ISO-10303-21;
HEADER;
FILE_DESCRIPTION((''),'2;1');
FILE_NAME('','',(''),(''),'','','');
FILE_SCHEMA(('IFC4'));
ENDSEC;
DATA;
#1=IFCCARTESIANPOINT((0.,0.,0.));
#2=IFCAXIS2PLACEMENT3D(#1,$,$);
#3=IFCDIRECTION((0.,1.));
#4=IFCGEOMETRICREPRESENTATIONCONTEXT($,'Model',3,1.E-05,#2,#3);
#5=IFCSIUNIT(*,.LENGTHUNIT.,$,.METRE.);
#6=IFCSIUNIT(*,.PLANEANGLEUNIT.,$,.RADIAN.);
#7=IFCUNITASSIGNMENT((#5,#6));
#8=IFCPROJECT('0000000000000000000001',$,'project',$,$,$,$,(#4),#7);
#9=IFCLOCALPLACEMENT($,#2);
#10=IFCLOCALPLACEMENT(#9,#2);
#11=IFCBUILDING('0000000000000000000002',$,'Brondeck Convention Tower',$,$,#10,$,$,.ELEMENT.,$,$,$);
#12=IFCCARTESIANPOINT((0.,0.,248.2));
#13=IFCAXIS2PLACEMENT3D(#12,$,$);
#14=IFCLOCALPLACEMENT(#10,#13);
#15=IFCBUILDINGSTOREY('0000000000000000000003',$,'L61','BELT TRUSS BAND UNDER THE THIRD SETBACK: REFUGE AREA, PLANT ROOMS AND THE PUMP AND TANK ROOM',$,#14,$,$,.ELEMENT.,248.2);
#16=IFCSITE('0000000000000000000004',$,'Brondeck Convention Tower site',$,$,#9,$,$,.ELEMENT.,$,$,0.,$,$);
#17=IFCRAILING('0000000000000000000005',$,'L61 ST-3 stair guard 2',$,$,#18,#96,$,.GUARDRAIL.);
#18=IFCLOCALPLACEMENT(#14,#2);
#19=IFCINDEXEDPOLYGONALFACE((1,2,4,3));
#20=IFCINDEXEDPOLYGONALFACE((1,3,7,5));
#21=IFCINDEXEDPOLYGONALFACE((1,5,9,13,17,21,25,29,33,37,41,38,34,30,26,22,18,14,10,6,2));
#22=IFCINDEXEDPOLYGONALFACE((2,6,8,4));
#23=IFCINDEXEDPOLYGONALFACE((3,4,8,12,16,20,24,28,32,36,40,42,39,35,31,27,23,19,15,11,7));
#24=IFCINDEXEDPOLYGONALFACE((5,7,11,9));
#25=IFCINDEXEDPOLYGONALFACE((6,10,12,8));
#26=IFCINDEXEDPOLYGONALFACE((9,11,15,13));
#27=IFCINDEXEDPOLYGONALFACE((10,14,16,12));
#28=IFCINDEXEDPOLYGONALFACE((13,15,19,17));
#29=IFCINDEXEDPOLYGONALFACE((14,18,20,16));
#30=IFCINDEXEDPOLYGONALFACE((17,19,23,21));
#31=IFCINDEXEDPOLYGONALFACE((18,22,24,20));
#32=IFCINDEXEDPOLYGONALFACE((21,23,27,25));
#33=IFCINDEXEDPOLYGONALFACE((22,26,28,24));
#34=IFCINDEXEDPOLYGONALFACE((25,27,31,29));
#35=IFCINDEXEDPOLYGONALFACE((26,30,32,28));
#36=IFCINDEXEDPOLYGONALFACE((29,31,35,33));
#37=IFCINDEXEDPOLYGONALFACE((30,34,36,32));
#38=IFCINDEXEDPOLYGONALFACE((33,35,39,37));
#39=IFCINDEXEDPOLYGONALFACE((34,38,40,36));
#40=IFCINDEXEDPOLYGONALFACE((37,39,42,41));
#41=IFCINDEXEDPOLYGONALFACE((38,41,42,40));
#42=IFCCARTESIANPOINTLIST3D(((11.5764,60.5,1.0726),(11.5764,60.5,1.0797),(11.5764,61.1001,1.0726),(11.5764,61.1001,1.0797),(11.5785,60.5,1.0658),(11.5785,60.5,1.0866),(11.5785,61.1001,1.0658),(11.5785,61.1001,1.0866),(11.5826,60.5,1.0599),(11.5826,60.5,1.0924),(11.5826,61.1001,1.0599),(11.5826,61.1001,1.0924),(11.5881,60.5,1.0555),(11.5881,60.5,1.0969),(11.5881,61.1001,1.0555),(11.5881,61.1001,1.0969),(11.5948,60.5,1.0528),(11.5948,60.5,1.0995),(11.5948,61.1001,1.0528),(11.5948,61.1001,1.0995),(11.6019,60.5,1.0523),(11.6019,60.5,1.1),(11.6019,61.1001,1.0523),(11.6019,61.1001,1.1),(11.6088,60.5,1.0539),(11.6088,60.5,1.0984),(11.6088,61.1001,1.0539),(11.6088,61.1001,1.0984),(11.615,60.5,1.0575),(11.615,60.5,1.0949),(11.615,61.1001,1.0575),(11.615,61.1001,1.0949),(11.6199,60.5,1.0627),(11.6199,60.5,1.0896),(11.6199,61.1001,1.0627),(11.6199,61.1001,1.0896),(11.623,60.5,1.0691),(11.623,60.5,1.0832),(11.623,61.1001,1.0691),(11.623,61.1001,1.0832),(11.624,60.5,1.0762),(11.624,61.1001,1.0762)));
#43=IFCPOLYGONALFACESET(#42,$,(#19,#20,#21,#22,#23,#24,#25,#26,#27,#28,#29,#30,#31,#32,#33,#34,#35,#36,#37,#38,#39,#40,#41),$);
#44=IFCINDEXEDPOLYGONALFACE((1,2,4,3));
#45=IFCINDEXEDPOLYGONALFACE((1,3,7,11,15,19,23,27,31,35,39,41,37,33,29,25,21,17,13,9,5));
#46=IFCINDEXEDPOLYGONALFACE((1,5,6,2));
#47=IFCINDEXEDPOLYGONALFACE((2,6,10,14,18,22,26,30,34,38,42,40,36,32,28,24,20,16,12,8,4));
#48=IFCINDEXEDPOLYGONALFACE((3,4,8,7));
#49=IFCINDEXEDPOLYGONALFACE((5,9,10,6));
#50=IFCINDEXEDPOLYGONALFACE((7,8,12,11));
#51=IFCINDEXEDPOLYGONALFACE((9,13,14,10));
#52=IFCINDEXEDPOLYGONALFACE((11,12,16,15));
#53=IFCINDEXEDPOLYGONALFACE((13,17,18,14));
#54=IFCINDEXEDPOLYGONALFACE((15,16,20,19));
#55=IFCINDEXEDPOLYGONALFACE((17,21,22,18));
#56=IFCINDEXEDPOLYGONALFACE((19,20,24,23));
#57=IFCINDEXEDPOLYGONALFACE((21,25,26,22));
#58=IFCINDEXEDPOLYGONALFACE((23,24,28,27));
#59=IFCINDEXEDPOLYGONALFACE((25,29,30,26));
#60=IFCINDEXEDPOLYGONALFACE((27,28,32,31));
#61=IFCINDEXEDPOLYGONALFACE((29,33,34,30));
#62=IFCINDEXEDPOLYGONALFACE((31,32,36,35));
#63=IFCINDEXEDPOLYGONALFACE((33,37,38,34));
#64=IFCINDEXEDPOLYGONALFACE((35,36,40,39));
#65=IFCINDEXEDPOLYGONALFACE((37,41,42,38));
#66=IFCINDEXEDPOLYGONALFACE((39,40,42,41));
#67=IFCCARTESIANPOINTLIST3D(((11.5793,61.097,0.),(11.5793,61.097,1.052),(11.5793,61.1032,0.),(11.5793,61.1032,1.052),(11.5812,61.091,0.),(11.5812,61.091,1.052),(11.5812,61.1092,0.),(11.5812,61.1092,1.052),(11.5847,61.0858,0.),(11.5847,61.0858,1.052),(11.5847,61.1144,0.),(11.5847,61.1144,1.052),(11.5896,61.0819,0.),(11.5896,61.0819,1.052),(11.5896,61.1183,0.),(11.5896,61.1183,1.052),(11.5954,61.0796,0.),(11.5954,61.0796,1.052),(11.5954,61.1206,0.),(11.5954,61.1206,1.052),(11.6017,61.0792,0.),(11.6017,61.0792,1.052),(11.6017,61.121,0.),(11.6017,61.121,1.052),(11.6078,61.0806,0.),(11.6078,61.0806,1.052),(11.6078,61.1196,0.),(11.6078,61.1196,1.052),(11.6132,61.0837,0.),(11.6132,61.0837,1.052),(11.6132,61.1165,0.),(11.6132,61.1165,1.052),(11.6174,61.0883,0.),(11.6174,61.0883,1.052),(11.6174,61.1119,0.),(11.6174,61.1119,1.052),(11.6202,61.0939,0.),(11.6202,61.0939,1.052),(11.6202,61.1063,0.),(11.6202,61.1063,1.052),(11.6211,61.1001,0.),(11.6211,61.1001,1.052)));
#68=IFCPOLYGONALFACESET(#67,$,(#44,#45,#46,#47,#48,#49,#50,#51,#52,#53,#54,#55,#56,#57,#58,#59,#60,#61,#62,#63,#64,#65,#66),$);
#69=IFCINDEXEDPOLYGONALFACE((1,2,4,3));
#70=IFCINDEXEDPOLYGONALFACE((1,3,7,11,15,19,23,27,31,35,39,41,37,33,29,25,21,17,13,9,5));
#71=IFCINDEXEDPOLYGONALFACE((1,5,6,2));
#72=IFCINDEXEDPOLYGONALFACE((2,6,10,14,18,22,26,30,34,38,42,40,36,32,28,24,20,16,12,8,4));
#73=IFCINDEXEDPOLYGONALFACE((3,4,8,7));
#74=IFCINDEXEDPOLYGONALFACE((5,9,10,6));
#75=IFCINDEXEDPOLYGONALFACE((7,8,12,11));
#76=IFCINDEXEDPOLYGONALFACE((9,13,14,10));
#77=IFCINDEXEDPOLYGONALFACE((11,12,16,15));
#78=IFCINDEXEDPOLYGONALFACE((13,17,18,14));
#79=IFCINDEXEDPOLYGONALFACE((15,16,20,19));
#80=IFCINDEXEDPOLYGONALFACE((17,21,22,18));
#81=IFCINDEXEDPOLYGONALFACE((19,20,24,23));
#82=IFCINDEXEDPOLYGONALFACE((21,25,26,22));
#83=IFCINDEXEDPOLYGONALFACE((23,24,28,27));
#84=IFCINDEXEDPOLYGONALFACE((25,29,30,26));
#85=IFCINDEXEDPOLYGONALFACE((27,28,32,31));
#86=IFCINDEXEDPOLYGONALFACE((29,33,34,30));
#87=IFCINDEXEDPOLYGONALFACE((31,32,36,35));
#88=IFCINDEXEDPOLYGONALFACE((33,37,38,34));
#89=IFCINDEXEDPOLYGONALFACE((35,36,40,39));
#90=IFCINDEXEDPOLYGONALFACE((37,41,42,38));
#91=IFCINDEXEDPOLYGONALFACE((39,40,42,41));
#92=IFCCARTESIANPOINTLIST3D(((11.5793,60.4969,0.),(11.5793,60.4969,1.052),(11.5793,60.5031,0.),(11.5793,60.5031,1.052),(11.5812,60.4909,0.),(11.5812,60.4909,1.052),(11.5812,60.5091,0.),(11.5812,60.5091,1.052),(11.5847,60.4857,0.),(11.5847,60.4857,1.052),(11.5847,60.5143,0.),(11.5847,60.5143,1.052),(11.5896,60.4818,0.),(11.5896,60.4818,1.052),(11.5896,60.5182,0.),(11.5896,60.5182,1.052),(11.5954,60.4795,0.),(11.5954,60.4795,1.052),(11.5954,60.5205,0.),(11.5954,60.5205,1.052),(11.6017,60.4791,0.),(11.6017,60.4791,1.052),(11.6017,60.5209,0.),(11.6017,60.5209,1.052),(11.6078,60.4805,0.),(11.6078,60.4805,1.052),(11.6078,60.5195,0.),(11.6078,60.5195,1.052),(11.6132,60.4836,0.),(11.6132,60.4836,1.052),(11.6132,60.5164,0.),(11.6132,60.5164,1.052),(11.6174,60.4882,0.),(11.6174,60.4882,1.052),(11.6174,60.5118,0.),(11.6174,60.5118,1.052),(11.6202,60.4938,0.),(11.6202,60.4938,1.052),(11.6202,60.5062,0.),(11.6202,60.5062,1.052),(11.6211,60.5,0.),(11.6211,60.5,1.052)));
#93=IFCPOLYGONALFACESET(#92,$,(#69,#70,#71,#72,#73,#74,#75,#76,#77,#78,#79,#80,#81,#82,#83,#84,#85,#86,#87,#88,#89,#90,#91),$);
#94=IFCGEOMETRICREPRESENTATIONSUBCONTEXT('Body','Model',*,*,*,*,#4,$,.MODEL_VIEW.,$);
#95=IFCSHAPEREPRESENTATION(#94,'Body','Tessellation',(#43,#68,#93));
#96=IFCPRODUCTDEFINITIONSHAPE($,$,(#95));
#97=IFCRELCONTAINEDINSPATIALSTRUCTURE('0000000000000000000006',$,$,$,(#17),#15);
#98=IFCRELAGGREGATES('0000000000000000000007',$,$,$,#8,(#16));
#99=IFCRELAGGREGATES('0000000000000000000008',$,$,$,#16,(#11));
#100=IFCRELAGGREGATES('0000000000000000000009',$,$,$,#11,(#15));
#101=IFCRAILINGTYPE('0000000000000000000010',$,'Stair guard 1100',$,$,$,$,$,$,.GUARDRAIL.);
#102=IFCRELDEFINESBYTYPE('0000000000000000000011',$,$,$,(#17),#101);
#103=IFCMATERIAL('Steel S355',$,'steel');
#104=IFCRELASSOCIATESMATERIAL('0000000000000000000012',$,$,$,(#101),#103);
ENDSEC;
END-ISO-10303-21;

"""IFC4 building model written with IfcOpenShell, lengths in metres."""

from ifc_helpers import new_model, si_unit, direction, frame, origin, origin_2d, place, context, subcontext, project, spatial, circle, extrude, material, type_object, element, save


model = new_model("IFC4")

# Units and contexts
model_context = context("Model", 3, precision=1e-05, world=origin(), true_north=direction((0.0, 1.0)))
body_context = subcontext(model_context, "Body", "Model", "MODEL_VIEW")
ifc_project = project(units=[si_unit("LENGTHUNIT", "METRE"), si_unit("PLANEANGLEUNIT", "RADIAN")], contexts=[model_context])

# Site, building, storey
site_placement = place(None, origin())
site = spatial("IfcSite", under=ifc_project, at=site_placement, Name="Brondeck Convention Tower site", CompositionType="ELEMENT", RefElevation=0.0)
building_placement = place(site_placement, origin())
building = spatial("IfcBuilding", under=site, at=building_placement, Name="Brondeck Convention Tower", CompositionType="ELEMENT")
storey_placement = place(building_placement, frame((0.0, 0.0, 248.2)))
storey = spatial("IfcBuildingStorey", under=building, at=storey_placement, Name="L61", Description="BELT TRUSS BAND UNDER THE THIRD SETBACK: REFUGE AREA, PLANT ROOMS AND THE PUMP AND TANK ROOM", CompositionType="ELEMENT", Elevation=248.2)

# Railing
ifc_material_1 = material(Name="Steel S355", Category="steel")
railing_type_1 = type_object("IfcRailingType", Name="Stair guard 1100", PredefinedType="GUARDRAIL", material=ifc_material_1)
railing_1_placement = place(storey_placement, frame((11.6001, 61.1001, 0.0)))
element("IfcRailing", 1, at=railing_1_placement, inside=storey, type_object=railing_type_1, Name="L61 ST-3 stair guard 2", PredefinedType="GUARDRAIL", context=body_context, shape_type="SweptSolid", body=[
    extrude(circle(Radius=0.0239, at=origin_2d()), frame((0.0, 0.0, 1.0762), z_axis=(0.0, -1.0, 0.0), x_axis=(1.0, 0.0, 0.0)), (0.0, 0.0, 1.0), 0.6001),
    extrude(circle(Radius=0.021, at=origin_2d()), origin(), (0.0, 0.0, 1.0), 1.052),
    extrude(circle(Radius=0.021, at=origin_2d()), frame((0.0, -0.6001, 0.0)), (0.0, 0.0, 1.0), 1.052),
])

save(model, "model.ifc")
